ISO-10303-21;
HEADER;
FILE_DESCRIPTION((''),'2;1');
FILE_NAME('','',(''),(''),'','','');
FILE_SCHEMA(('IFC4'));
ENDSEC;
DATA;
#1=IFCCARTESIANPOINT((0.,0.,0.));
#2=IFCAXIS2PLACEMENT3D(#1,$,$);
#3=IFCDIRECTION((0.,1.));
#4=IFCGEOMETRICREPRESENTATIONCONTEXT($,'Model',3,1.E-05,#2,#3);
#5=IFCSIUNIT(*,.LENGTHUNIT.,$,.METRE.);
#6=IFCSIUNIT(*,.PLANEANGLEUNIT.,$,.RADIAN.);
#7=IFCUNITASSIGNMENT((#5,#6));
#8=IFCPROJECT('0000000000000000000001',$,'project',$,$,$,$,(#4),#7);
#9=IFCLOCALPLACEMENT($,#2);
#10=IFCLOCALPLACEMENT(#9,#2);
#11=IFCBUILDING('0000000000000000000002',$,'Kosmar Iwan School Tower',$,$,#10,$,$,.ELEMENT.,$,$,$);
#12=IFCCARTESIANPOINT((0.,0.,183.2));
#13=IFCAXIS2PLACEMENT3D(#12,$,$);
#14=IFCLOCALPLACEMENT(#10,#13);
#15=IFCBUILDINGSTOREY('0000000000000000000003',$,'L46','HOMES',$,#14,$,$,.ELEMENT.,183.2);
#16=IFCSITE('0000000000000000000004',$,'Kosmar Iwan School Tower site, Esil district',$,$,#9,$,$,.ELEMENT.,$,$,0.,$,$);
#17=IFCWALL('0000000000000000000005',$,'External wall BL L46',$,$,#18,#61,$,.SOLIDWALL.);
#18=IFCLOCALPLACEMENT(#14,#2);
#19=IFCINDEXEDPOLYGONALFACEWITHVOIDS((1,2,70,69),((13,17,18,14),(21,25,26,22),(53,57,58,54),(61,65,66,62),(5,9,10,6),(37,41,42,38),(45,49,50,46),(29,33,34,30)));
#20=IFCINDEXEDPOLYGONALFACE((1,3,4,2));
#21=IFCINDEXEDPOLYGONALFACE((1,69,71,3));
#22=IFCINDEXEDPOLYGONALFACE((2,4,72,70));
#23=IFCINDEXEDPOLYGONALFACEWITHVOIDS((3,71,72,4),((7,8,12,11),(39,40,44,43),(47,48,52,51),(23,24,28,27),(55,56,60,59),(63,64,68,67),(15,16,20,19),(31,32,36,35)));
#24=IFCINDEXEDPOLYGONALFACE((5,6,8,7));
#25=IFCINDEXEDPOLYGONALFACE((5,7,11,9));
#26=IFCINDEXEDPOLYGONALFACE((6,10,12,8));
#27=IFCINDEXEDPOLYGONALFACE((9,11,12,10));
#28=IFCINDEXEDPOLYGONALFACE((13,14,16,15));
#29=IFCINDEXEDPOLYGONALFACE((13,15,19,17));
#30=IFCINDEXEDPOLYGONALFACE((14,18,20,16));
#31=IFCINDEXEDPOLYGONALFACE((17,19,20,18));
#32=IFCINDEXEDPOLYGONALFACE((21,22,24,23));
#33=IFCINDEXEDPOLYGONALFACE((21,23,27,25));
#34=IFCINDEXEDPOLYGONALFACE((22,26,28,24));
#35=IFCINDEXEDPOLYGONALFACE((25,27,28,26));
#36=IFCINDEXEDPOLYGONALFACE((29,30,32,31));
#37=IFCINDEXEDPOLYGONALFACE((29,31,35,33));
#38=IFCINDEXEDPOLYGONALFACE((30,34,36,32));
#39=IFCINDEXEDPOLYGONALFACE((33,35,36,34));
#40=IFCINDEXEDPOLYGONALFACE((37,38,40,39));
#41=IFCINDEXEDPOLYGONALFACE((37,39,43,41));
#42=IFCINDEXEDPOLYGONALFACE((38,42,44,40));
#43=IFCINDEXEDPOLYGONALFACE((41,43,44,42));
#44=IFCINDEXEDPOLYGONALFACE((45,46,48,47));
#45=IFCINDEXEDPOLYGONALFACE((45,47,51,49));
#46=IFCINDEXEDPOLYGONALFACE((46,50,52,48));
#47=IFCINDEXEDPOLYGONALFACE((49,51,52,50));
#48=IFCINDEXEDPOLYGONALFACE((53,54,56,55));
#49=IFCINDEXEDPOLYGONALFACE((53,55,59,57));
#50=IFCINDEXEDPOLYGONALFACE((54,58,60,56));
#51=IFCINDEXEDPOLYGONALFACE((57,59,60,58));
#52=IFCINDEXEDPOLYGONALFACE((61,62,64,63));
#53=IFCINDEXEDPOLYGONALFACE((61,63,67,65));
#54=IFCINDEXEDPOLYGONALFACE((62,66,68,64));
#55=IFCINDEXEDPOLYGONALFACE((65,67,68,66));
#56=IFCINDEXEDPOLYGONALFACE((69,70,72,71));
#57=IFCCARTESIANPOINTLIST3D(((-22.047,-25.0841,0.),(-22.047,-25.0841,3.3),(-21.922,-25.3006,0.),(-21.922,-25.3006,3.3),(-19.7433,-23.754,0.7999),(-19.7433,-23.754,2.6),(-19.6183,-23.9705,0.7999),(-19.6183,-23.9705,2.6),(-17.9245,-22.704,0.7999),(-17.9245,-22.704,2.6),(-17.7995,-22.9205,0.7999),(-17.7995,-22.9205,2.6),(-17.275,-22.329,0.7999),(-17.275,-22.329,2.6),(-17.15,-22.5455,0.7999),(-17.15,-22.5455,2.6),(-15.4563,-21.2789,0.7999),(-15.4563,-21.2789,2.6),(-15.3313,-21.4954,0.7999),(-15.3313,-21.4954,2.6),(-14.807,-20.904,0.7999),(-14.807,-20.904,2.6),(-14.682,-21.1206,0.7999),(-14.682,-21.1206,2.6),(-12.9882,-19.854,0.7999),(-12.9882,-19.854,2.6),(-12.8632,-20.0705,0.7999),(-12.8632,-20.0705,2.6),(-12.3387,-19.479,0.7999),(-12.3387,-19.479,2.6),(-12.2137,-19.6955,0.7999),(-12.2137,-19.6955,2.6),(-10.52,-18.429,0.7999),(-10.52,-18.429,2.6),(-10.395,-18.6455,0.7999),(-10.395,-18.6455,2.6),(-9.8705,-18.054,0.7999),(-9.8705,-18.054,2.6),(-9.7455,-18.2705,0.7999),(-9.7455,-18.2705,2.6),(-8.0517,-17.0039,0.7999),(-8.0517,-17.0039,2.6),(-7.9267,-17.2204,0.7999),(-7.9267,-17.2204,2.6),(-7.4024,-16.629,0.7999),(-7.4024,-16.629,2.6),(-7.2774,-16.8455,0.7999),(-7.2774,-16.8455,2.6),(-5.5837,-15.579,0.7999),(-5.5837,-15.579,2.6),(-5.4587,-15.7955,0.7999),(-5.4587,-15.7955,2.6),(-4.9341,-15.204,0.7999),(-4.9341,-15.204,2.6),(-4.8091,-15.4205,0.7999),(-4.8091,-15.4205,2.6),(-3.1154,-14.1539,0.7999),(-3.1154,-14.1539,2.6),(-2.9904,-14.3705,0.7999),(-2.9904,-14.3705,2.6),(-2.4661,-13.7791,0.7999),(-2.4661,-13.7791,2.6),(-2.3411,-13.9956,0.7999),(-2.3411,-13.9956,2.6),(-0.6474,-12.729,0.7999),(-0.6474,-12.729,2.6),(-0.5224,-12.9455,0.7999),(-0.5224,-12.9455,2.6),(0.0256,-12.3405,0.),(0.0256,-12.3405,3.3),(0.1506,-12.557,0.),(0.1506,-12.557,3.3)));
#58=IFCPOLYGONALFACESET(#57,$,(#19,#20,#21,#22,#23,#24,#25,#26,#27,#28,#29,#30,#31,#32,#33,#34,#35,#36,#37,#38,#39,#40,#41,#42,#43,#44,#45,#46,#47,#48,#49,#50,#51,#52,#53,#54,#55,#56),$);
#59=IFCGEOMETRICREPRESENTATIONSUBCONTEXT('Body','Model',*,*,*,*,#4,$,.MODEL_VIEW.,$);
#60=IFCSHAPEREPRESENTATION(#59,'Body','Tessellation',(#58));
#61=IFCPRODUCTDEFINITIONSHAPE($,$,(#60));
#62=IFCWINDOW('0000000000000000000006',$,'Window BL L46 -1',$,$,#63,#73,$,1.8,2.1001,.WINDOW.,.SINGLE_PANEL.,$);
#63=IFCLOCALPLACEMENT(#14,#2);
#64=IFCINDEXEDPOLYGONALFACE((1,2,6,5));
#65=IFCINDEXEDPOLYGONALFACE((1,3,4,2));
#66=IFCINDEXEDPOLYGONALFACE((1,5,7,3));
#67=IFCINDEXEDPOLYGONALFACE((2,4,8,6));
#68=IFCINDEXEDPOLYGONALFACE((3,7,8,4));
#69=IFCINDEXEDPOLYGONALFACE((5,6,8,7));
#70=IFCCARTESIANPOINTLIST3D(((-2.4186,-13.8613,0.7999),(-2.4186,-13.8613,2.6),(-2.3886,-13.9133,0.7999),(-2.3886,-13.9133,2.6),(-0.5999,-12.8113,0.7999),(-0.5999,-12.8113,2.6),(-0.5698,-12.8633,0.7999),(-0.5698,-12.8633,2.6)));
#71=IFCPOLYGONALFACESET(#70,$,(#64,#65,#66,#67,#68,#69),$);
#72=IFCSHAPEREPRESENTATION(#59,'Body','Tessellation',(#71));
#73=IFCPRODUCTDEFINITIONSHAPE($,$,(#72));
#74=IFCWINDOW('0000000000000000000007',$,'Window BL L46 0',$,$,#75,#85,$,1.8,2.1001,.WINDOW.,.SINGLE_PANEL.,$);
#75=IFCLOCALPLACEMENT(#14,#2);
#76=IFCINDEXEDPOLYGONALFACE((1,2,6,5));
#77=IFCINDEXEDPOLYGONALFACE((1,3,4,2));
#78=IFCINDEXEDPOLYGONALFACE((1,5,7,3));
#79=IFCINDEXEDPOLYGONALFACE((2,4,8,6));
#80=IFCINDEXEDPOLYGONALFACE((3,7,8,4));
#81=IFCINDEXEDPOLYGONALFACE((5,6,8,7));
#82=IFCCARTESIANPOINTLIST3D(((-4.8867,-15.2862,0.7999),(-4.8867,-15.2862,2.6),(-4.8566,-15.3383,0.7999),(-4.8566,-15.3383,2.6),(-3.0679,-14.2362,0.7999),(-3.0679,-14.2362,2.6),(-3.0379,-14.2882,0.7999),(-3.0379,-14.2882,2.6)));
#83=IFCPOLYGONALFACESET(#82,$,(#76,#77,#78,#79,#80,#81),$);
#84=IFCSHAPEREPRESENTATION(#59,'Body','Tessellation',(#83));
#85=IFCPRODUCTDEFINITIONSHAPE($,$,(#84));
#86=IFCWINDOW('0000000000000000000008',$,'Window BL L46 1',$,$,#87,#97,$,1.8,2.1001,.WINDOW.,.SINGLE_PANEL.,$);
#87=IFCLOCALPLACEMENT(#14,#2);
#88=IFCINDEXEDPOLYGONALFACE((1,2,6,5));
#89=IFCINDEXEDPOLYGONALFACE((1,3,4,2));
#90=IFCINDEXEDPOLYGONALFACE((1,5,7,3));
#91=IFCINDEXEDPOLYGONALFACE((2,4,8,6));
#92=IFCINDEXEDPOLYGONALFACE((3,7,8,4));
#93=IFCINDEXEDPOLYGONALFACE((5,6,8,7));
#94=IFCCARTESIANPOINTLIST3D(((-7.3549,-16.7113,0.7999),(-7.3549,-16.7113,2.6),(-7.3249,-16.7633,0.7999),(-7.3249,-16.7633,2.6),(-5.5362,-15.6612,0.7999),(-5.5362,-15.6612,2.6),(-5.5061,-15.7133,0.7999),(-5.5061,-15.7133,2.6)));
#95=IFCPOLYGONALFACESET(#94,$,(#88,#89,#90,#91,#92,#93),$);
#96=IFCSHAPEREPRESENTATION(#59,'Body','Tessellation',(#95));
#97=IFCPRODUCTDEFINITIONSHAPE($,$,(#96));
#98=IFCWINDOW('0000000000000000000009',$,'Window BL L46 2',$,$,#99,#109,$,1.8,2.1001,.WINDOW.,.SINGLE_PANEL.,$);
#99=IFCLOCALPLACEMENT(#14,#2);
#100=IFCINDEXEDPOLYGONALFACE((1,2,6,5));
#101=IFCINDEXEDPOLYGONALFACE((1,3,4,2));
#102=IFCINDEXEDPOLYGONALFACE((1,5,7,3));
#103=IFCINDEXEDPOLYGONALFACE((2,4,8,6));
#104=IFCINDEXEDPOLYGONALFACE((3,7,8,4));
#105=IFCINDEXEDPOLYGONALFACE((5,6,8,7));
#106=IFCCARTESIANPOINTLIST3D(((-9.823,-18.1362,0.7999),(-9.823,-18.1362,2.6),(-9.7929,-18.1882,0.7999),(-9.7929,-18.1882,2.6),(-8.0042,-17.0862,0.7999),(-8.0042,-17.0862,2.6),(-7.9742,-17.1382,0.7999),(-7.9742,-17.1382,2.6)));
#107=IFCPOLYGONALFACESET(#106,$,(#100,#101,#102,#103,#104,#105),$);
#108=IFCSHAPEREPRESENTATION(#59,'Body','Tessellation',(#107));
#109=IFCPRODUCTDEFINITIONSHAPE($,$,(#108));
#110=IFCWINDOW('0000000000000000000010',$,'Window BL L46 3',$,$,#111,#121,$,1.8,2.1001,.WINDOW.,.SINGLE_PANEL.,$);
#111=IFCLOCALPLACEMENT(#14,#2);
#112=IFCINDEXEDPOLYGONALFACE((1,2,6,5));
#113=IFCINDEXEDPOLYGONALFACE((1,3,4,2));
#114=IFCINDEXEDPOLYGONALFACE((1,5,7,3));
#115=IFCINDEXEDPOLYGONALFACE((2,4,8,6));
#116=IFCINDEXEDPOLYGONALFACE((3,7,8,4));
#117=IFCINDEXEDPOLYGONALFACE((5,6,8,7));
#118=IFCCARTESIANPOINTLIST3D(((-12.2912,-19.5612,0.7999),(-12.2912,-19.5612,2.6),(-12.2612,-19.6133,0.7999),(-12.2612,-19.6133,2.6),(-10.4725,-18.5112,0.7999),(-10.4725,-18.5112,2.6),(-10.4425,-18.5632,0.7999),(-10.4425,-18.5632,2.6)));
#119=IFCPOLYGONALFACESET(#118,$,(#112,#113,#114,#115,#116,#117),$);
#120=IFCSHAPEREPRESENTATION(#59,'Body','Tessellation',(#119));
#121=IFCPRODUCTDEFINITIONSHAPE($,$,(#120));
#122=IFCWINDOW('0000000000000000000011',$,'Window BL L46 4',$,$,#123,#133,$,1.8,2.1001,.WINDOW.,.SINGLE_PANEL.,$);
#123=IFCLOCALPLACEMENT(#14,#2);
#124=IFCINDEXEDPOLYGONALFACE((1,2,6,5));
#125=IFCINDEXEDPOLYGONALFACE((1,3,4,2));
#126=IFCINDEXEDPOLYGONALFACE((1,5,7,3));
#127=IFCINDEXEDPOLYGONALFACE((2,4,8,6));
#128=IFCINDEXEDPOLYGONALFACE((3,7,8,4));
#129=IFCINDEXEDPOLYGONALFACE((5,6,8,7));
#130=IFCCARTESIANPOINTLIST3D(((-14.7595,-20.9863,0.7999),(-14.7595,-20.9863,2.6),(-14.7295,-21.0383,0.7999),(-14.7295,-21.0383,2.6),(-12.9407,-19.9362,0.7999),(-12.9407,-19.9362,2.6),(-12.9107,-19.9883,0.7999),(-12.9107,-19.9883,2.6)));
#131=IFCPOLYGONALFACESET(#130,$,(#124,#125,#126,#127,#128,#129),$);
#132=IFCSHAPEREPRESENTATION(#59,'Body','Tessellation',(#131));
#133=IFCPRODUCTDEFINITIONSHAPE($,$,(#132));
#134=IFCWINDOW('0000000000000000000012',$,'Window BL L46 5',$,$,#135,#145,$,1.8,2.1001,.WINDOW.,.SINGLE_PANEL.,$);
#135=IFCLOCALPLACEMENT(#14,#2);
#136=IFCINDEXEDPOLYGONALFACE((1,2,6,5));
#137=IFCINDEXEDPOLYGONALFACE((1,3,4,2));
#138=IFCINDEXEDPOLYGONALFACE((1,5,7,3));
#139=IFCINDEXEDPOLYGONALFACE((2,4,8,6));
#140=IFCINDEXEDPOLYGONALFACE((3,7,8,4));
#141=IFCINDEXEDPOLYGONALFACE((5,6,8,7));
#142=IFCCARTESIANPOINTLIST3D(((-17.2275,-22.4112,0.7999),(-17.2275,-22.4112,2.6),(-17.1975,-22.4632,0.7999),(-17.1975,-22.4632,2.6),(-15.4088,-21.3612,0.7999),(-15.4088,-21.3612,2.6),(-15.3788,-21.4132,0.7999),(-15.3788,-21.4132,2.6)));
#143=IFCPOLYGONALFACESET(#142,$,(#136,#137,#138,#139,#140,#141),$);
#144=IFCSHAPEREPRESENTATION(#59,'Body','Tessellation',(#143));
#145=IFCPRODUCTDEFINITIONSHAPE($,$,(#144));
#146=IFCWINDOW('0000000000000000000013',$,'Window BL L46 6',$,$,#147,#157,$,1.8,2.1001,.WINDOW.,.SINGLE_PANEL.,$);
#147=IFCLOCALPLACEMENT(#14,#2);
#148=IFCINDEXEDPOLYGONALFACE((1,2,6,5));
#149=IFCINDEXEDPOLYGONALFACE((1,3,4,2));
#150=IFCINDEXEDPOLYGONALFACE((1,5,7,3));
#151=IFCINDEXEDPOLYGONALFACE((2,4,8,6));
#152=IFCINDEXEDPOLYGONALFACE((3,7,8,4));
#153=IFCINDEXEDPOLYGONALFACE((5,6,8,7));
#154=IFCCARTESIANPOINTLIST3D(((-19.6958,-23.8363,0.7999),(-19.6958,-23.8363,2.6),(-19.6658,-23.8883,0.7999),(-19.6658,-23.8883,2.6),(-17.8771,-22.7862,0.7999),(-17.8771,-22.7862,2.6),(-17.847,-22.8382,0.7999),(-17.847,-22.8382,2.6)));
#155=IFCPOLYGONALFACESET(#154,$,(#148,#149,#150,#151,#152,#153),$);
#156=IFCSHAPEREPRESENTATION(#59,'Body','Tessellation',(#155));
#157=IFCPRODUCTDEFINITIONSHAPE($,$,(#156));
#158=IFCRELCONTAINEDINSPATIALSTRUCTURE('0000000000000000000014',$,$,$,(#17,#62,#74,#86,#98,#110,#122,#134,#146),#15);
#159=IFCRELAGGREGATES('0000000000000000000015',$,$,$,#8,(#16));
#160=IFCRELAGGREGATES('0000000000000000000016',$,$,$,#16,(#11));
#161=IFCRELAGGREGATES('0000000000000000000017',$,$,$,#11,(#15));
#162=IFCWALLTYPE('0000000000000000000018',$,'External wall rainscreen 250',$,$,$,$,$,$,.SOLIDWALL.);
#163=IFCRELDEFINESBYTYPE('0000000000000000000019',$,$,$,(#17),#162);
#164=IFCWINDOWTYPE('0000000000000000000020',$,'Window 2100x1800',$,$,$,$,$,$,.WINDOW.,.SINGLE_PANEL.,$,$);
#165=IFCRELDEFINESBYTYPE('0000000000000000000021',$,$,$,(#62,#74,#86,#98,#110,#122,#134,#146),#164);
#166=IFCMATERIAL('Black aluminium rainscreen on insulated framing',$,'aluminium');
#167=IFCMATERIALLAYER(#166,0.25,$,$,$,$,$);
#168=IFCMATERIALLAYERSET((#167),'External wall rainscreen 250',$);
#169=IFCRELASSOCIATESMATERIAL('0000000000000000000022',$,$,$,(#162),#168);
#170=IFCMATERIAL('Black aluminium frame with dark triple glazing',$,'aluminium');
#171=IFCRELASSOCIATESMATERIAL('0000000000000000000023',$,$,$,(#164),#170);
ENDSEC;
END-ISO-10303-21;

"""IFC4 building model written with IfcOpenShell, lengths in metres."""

from ifc_helpers import new_model, si_unit, direction, frame, frame_2d, origin, place, context, subcontext, project, spatial, rectangle, extrude, material, layer, layer_set, type_object, element, fill, save


model = new_model("IFC4")

# Units and contexts
model_context = context("Model", 3, precision=1e-05, world=origin(), true_north=direction((0.0, 1.0)))
body_context = subcontext(model_context, "Body", "Model", "MODEL_VIEW")
ifc_project = project(units=[si_unit("LENGTHUNIT", "METRE"), si_unit("PLANEANGLEUNIT", "RADIAN")], contexts=[model_context])

# Site, building, storey
site_placement = place(None, origin())
site = spatial("IfcSite", under=ifc_project, at=site_placement, Name="Kosmar Iwan School Tower site, Esil district", CompositionType="ELEMENT", RefElevation=0.0)
building_placement = place(site_placement, origin())
building = spatial("IfcBuilding", under=site, at=building_placement, Name="Kosmar Iwan School Tower", CompositionType="ELEMENT")
storey_placement = place(building_placement, frame((0.0, 0.0, 183.2)))
storey = spatial("IfcBuildingStorey", under=building, at=storey_placement, Name="L46", Description="HOMES", CompositionType="ELEMENT", Elevation=183.2)

# Wall, openings, windows
ifc_material_1 = material(Name="Black aluminium rainscreen on insulated framing", Category="aluminium")
ifc_layer_1 = layer(ifc_material_1, 0.25)
ifc_layer_set_1 = layer_set([ifc_layer_1], Name="External wall rainscreen 250")
wall_type_1 = type_object("IfcWallType", Name="External wall rainscreen 250", PredefinedType="SOLIDWALL", material=ifc_layer_set_1)
wall_1_placement = place(storey_placement, frame((0.0881, -12.4487, 0.0), z_axis=(0.0, 0.0, 1.0), x_axis=(-0.866026, -0.499998, 0.0)))
wall_1 = element("IfcWall", 1, at=wall_1_placement, inside=storey, type_object=wall_type_1, Name="External wall BL L46", PredefinedType="SOLIDWALL", context=body_context, shape_type="SweptSolid", body=[
    extrude(rectangle(XDim=25.4873, YDim=0.25, at=frame_2d((12.7437, 0.0))), origin(), (0.0, 0.0, 1.0), 3.3),
])
opening_1_placement = place(wall_1_placement, frame((0.7771, 0.0, 0.8)))
opening_1 = element("IfcOpeningElement", 2, at=opening_1_placement, cuts=wall_1, PredefinedType="OPENING", context=body_context, shape_type="SweptSolid", body=[
    extrude(rectangle(XDim=2.1001, YDim=1.8, at=frame_2d((1.05, 0.8999))), frame((0.0, 0.137, 0.0), z_axis=(0.0, -1.0, 0.0), x_axis=(1.0, 0.0, 0.0)), (0.0, 0.0, 1.0), 0.2739),
])
opening_2_placement = place(wall_1_placement, frame((3.627, 0.0, 0.8)))
opening_2 = element("IfcOpeningElement", 3, at=opening_2_placement, cuts=wall_1, PredefinedType="OPENING", context=body_context, shape_type="SweptSolid", body=[
    extrude(rectangle(XDim=2.1001, YDim=1.8, at=frame_2d((1.05, 0.8999))), frame((0.0, 0.137, 0.0), z_axis=(0.0, -1.0, 0.0), x_axis=(1.0, 0.0, 0.0)), (0.0, 0.0, 1.0), 0.2739),
])
opening_3_placement = place(wall_1_placement, frame((6.4771, 0.0, 0.8)))
opening_3 = element("IfcOpeningElement", 4, at=opening_3_placement, cuts=wall_1, PredefinedType="OPENING", context=body_context, shape_type="SweptSolid", body=[
    extrude(rectangle(XDim=2.1001, YDim=1.8, at=frame_2d((1.05, 0.8999))), frame((0.0, 0.137, 0.0), z_axis=(0.0, -1.0, 0.0), x_axis=(1.0, 0.0, 0.0)), (0.0, 0.0, 1.0), 0.2739),
])
opening_4_placement = place(wall_1_placement, frame((9.3269, 0.0, 0.8)))
opening_4 = element("IfcOpeningElement", 5, at=opening_4_placement, cuts=wall_1, PredefinedType="OPENING", context=body_context, shape_type="SweptSolid", body=[
    extrude(rectangle(XDim=2.1001, YDim=1.8, at=frame_2d((1.05, 0.8999))), frame((0.0, 0.137, 0.0), z_axis=(0.0, -1.0, 0.0), x_axis=(1.0, 0.0, 0.0)), (0.0, 0.0, 1.0), 0.2739),
])
opening_5_placement = place(wall_1_placement, frame((12.177, 0.0, 0.8)))
opening_5 = element("IfcOpeningElement", 6, at=opening_5_placement, cuts=wall_1, PredefinedType="OPENING", context=body_context, shape_type="SweptSolid", body=[
    extrude(rectangle(XDim=2.1001, YDim=1.8, at=frame_2d((1.05, 0.8999))), frame((0.0, 0.137, 0.0), z_axis=(0.0, -1.0, 0.0), x_axis=(1.0, 0.0, 0.0)), (0.0, 0.0, 1.0), 0.2739),
])
opening_6_placement = place(wall_1_placement, frame((15.0271, 0.0, 0.8)))
opening_6 = element("IfcOpeningElement", 7, at=opening_6_placement, cuts=wall_1, PredefinedType="OPENING", context=body_context, shape_type="SweptSolid", body=[
    extrude(rectangle(XDim=2.1001, YDim=1.8, at=frame_2d((1.05, 0.8999))), frame((0.0, 0.137, 0.0), z_axis=(0.0, -1.0, 0.0), x_axis=(1.0, 0.0, 0.0)), (0.0, 0.0, 1.0), 0.2739),
])
opening_7_placement = place(wall_1_placement, frame((17.877, 0.0, 0.8)))
opening_7 = element("IfcOpeningElement", 8, at=opening_7_placement, cuts=wall_1, PredefinedType="OPENING", context=body_context, shape_type="SweptSolid", body=[
    extrude(rectangle(XDim=2.1001, YDim=1.8, at=frame_2d((1.05, 0.8999))), frame((0.0, 0.137, 0.0), z_axis=(0.0, -1.0, 0.0), x_axis=(1.0, 0.0, 0.0)), (0.0, 0.0, 1.0), 0.2739),
])
opening_8_placement = place(wall_1_placement, frame((20.7271, 0.0, 0.8)))
opening_8 = element("IfcOpeningElement", 9, at=opening_8_placement, cuts=wall_1, PredefinedType="OPENING", context=body_context, shape_type="SweptSolid", body=[
    extrude(rectangle(XDim=2.1001, YDim=1.8, at=frame_2d((1.05, 0.8999))), frame((0.0, 0.137, 0.0), z_axis=(0.0, -1.0, 0.0), x_axis=(1.0, 0.0, 0.0)), (0.0, 0.0, 1.0), 0.2739),
])
ifc_material_2 = material(Name="Black aluminium frame with dark triple glazing", Category="aluminium")
window_type = type_object("IfcWindowType", Name="Window 2100x1800", PartitioningType="SINGLE_PANEL", PredefinedType="WINDOW", material=ifc_material_2)
window_1_placement = place(opening_1_placement, origin())
window_1 = element("IfcWindow", 10, at=window_1_placement, inside=storey, type_object=window_type, Name="Window BL L46 -1", OverallHeight=1.8, OverallWidth=2.1001, PartitioningType="SINGLE_PANEL", PredefinedType="WINDOW", context=body_context, shape_type="SweptSolid", body=[
    extrude(rectangle(XDim=2.1001, YDim=1.8, at=frame_2d((1.05, 0.8999))), frame((0.0, 0.03, 0.0), z_axis=(0.0, -1.0, 0.0), x_axis=(1.0, 0.0, 0.0)), (0.0, 0.0, 1.0), 0.0601),
])
fill(opening_1, window_1)
window_2_placement = place(opening_2_placement, origin())
window_2 = element("IfcWindow", 11, at=window_2_placement, inside=storey, type_object=window_type, Name="Window BL L46 0", OverallHeight=1.8, OverallWidth=2.1001, PartitioningType="SINGLE_PANEL", PredefinedType="WINDOW", context=body_context, shape_type="SweptSolid", body=[
    extrude(rectangle(XDim=2.1001, YDim=1.8, at=frame_2d((1.05, 0.8999))), frame((0.0, 0.03, 0.0), z_axis=(0.0, -1.0, 0.0), x_axis=(1.0, 0.0, 0.0)), (0.0, 0.0, 1.0), 0.0601),
])
fill(opening_2, window_2)
window_3_placement = place(opening_3_placement, origin())
window_3 = element("IfcWindow", 12, at=window_3_placement, inside=storey, type_object=window_type, Name="Window BL L46 1", OverallHeight=1.8, OverallWidth=2.1001, PartitioningType="SINGLE_PANEL", PredefinedType="WINDOW", context=body_context, shape_type="SweptSolid", body=[
    extrude(rectangle(XDim=2.1001, YDim=1.8, at=frame_2d((1.05, 0.8999))), frame((0.0, 0.03, 0.0), z_axis=(0.0, -1.0, 0.0), x_axis=(1.0, 0.0, 0.0)), (0.0, 0.0, 1.0), 0.0601),
])
fill(opening_3, window_3)
window_4_placement = place(opening_4_placement, origin())
window_4 = element("IfcWindow", 13, at=window_4_placement, inside=storey, type_object=window_type, Name="Window BL L46 2", OverallHeight=1.8, OverallWidth=2.1001, PartitioningType="SINGLE_PANEL", PredefinedType="WINDOW", context=body_context, shape_type="SweptSolid", body=[
    extrude(rectangle(XDim=2.1001, YDim=1.8, at=frame_2d((1.05, 0.8999))), frame((0.0, 0.03, 0.0), z_axis=(0.0, -1.0, 0.0), x_axis=(1.0, 0.0, 0.0)), (0.0, 0.0, 1.0), 0.0601),
])
fill(opening_4, window_4)
window_5_placement = place(opening_5_placement, origin())
window_5 = element("IfcWindow", 14, at=window_5_placement, inside=storey, type_object=window_type, Name="Window BL L46 3", OverallHeight=1.8, OverallWidth=2.1001, PartitioningType="SINGLE_PANEL", PredefinedType="WINDOW", context=body_context, shape_type="SweptSolid", body=[
    extrude(rectangle(XDim=2.1001, YDim=1.8, at=frame_2d((1.05, 0.8999))), frame((0.0, 0.03, 0.0), z_axis=(0.0, -1.0, 0.0), x_axis=(1.0, 0.0, 0.0)), (0.0, 0.0, 1.0), 0.0601),
])
fill(opening_5, window_5)
window_6_placement = place(opening_6_placement, origin())
window_6 = element("IfcWindow", 15, at=window_6_placement, inside=storey, type_object=window_type, Name="Window BL L46 4", OverallHeight=1.8, OverallWidth=2.1001, PartitioningType="SINGLE_PANEL", PredefinedType="WINDOW", context=body_context, shape_type="SweptSolid", body=[
    extrude(rectangle(XDim=2.1001, YDim=1.8, at=frame_2d((1.05, 0.8999))), frame((0.0, 0.03, 0.0), z_axis=(0.0, -1.0, 0.0), x_axis=(1.0, 0.0, 0.0)), (0.0, 0.0, 1.0), 0.0601),
])
fill(opening_6, window_6)
window_7_placement = place(opening_7_placement, origin())
window_7 = element("IfcWindow", 16, at=window_7_placement, inside=storey, type_object=window_type, Name="Window BL L46 5", OverallHeight=1.8, OverallWidth=2.1001, PartitioningType="SINGLE_PANEL", PredefinedType="WINDOW", context=body_context, shape_type="SweptSolid", body=[
    extrude(rectangle(XDim=2.1001, YDim=1.8, at=frame_2d((1.05, 0.8999))), frame((0.0, 0.03, 0.0), z_axis=(0.0, -1.0, 0.0), x_axis=(1.0, 0.0, 0.0)), (0.0, 0.0, 1.0), 0.0601),
])
fill(opening_7, window_7)
window_8_placement = place(opening_8_placement, origin())
window_8 = element("IfcWindow", 17, at=window_8_placement, inside=storey, type_object=window_type, Name="Window BL L46 6", OverallHeight=1.8, OverallWidth=2.1001, PartitioningType="SINGLE_PANEL", PredefinedType="WINDOW", context=body_context, shape_type="SweptSolid", body=[
    extrude(rectangle(XDim=2.1001, YDim=1.8, at=frame_2d((1.05, 0.8999))), frame((0.0, 0.03, 0.0), z_axis=(0.0, -1.0, 0.0), x_axis=(1.0, 0.0, 0.0)), (0.0, 0.0, 1.0), 0.0601),
])
fill(opening_8, window_8)

save(model, "model.ifc")
